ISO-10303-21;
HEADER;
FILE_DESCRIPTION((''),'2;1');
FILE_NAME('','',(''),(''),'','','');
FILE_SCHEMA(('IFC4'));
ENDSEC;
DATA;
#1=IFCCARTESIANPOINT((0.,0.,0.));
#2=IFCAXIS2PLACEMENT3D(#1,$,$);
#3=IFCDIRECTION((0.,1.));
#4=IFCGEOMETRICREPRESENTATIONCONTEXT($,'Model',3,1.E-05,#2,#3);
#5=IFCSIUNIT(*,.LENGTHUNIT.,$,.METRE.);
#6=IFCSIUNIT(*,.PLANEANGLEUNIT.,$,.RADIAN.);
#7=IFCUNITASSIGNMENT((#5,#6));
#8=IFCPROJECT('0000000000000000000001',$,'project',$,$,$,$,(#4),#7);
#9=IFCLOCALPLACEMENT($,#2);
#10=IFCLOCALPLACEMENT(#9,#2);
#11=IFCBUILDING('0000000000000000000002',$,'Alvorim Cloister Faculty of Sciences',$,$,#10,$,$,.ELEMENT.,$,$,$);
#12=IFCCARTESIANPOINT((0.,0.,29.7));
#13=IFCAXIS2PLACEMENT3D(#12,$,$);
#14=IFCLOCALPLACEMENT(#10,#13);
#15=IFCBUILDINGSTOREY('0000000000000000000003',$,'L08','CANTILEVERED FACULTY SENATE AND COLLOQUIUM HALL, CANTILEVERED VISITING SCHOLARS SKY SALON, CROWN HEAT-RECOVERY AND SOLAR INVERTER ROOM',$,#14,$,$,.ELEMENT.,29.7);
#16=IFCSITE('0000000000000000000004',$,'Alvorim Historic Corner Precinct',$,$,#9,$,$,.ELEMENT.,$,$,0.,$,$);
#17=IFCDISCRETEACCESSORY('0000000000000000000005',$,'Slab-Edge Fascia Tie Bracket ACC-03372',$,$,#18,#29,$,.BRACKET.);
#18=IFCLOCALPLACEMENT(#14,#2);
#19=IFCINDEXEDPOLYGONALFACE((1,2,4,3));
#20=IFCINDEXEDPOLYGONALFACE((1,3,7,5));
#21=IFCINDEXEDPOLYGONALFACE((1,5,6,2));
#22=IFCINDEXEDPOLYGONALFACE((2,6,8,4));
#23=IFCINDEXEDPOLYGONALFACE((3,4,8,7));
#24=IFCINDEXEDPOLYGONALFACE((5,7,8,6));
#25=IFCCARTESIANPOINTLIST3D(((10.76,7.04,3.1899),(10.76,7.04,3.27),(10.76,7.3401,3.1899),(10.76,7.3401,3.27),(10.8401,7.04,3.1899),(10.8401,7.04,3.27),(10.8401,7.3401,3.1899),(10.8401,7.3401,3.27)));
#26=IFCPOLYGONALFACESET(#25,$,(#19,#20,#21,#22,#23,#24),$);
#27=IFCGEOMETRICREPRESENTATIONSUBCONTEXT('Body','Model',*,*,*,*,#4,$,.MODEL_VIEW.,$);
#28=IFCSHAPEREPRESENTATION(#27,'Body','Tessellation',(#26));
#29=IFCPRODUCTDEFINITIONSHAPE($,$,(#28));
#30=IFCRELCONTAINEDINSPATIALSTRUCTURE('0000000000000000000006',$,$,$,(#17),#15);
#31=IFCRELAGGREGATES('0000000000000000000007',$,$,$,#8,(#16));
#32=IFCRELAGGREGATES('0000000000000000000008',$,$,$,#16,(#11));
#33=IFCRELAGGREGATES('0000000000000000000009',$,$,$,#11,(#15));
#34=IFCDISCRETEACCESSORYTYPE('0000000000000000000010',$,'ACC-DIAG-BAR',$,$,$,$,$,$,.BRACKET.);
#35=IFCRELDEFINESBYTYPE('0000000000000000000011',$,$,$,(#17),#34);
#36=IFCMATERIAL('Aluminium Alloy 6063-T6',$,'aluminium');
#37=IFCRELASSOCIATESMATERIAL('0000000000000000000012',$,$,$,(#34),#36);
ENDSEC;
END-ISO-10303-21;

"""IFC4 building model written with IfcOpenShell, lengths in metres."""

from ifc_helpers import new_model, si_unit, direction, frame, origin, origin_2d, place, context, subcontext, project, spatial, rectangle, extrude, material, type_object, element, save


model = new_model("IFC4")

# Units and contexts
model_context = context("Model", 3, precision=1e-05, world=origin(), true_north=direction((0.0, 1.0)))
body_context = subcontext(model_context, "Body", "Model", "MODEL_VIEW")
ifc_project = project(units=[si_unit("LENGTHUNIT", "METRE"), si_unit("PLANEANGLEUNIT", "RADIAN")], contexts=[model_context])

# Site, building, storey
site_placement = place(None, origin())
site = spatial("IfcSite", under=ifc_project, at=site_placement, Name="Alvorim Historic Corner Precinct", CompositionType="ELEMENT", RefElevation=0.0)
building_placement = place(site_placement, origin())
building = spatial("IfcBuilding", under=site, at=building_placement, Name="Alvorim Cloister Faculty of Sciences", CompositionType="ELEMENT")
storey_placement = place(building_placement, frame((0.0, 0.0, 29.7)))
storey = spatial("IfcBuildingStorey", under=building, at=storey_placement, Name="L08", Description="CANTILEVERED FACULTY SENATE AND COLLOQUIUM HALL, CANTILEVERED VISITING SCHOLARS SKY SALON, CROWN HEAT-RECOVERY AND SOLAR INVERTER ROOM", CompositionType="ELEMENT", Elevation=29.7)

# Shared definitions
ifc_material_1 = material(Name="Aluminium Alloy 6063-T6", Category="aluminium")

# Discrete accessory
discrete_accessory_type = type_object("IfcDiscreteAccessoryType", Name="ACC-DIAG-BAR", PredefinedType="BRACKET", material=ifc_material_1)
discrete_accessory_placement = place(storey_placement, frame((10.8, 7.3401, 3.23), z_axis=(0.0, -1.0, 0.0), x_axis=(1.0, 0.0, 0.0)))
element("IfcDiscreteAccessory", 1, at=discrete_accessory_placement, inside=storey, type_object=discrete_accessory_type, Name="Slab-Edge Fascia Tie Bracket ACC-03372", PredefinedType="BRACKET", context=body_context, shape_type="SweptSolid", body=[
    extrude(rectangle(XDim=0.0801, YDim=0.0801, at=origin_2d()), origin(), (0.0, 0.0, 1.0), 0.3),
])

save(model, "model.ifc")
